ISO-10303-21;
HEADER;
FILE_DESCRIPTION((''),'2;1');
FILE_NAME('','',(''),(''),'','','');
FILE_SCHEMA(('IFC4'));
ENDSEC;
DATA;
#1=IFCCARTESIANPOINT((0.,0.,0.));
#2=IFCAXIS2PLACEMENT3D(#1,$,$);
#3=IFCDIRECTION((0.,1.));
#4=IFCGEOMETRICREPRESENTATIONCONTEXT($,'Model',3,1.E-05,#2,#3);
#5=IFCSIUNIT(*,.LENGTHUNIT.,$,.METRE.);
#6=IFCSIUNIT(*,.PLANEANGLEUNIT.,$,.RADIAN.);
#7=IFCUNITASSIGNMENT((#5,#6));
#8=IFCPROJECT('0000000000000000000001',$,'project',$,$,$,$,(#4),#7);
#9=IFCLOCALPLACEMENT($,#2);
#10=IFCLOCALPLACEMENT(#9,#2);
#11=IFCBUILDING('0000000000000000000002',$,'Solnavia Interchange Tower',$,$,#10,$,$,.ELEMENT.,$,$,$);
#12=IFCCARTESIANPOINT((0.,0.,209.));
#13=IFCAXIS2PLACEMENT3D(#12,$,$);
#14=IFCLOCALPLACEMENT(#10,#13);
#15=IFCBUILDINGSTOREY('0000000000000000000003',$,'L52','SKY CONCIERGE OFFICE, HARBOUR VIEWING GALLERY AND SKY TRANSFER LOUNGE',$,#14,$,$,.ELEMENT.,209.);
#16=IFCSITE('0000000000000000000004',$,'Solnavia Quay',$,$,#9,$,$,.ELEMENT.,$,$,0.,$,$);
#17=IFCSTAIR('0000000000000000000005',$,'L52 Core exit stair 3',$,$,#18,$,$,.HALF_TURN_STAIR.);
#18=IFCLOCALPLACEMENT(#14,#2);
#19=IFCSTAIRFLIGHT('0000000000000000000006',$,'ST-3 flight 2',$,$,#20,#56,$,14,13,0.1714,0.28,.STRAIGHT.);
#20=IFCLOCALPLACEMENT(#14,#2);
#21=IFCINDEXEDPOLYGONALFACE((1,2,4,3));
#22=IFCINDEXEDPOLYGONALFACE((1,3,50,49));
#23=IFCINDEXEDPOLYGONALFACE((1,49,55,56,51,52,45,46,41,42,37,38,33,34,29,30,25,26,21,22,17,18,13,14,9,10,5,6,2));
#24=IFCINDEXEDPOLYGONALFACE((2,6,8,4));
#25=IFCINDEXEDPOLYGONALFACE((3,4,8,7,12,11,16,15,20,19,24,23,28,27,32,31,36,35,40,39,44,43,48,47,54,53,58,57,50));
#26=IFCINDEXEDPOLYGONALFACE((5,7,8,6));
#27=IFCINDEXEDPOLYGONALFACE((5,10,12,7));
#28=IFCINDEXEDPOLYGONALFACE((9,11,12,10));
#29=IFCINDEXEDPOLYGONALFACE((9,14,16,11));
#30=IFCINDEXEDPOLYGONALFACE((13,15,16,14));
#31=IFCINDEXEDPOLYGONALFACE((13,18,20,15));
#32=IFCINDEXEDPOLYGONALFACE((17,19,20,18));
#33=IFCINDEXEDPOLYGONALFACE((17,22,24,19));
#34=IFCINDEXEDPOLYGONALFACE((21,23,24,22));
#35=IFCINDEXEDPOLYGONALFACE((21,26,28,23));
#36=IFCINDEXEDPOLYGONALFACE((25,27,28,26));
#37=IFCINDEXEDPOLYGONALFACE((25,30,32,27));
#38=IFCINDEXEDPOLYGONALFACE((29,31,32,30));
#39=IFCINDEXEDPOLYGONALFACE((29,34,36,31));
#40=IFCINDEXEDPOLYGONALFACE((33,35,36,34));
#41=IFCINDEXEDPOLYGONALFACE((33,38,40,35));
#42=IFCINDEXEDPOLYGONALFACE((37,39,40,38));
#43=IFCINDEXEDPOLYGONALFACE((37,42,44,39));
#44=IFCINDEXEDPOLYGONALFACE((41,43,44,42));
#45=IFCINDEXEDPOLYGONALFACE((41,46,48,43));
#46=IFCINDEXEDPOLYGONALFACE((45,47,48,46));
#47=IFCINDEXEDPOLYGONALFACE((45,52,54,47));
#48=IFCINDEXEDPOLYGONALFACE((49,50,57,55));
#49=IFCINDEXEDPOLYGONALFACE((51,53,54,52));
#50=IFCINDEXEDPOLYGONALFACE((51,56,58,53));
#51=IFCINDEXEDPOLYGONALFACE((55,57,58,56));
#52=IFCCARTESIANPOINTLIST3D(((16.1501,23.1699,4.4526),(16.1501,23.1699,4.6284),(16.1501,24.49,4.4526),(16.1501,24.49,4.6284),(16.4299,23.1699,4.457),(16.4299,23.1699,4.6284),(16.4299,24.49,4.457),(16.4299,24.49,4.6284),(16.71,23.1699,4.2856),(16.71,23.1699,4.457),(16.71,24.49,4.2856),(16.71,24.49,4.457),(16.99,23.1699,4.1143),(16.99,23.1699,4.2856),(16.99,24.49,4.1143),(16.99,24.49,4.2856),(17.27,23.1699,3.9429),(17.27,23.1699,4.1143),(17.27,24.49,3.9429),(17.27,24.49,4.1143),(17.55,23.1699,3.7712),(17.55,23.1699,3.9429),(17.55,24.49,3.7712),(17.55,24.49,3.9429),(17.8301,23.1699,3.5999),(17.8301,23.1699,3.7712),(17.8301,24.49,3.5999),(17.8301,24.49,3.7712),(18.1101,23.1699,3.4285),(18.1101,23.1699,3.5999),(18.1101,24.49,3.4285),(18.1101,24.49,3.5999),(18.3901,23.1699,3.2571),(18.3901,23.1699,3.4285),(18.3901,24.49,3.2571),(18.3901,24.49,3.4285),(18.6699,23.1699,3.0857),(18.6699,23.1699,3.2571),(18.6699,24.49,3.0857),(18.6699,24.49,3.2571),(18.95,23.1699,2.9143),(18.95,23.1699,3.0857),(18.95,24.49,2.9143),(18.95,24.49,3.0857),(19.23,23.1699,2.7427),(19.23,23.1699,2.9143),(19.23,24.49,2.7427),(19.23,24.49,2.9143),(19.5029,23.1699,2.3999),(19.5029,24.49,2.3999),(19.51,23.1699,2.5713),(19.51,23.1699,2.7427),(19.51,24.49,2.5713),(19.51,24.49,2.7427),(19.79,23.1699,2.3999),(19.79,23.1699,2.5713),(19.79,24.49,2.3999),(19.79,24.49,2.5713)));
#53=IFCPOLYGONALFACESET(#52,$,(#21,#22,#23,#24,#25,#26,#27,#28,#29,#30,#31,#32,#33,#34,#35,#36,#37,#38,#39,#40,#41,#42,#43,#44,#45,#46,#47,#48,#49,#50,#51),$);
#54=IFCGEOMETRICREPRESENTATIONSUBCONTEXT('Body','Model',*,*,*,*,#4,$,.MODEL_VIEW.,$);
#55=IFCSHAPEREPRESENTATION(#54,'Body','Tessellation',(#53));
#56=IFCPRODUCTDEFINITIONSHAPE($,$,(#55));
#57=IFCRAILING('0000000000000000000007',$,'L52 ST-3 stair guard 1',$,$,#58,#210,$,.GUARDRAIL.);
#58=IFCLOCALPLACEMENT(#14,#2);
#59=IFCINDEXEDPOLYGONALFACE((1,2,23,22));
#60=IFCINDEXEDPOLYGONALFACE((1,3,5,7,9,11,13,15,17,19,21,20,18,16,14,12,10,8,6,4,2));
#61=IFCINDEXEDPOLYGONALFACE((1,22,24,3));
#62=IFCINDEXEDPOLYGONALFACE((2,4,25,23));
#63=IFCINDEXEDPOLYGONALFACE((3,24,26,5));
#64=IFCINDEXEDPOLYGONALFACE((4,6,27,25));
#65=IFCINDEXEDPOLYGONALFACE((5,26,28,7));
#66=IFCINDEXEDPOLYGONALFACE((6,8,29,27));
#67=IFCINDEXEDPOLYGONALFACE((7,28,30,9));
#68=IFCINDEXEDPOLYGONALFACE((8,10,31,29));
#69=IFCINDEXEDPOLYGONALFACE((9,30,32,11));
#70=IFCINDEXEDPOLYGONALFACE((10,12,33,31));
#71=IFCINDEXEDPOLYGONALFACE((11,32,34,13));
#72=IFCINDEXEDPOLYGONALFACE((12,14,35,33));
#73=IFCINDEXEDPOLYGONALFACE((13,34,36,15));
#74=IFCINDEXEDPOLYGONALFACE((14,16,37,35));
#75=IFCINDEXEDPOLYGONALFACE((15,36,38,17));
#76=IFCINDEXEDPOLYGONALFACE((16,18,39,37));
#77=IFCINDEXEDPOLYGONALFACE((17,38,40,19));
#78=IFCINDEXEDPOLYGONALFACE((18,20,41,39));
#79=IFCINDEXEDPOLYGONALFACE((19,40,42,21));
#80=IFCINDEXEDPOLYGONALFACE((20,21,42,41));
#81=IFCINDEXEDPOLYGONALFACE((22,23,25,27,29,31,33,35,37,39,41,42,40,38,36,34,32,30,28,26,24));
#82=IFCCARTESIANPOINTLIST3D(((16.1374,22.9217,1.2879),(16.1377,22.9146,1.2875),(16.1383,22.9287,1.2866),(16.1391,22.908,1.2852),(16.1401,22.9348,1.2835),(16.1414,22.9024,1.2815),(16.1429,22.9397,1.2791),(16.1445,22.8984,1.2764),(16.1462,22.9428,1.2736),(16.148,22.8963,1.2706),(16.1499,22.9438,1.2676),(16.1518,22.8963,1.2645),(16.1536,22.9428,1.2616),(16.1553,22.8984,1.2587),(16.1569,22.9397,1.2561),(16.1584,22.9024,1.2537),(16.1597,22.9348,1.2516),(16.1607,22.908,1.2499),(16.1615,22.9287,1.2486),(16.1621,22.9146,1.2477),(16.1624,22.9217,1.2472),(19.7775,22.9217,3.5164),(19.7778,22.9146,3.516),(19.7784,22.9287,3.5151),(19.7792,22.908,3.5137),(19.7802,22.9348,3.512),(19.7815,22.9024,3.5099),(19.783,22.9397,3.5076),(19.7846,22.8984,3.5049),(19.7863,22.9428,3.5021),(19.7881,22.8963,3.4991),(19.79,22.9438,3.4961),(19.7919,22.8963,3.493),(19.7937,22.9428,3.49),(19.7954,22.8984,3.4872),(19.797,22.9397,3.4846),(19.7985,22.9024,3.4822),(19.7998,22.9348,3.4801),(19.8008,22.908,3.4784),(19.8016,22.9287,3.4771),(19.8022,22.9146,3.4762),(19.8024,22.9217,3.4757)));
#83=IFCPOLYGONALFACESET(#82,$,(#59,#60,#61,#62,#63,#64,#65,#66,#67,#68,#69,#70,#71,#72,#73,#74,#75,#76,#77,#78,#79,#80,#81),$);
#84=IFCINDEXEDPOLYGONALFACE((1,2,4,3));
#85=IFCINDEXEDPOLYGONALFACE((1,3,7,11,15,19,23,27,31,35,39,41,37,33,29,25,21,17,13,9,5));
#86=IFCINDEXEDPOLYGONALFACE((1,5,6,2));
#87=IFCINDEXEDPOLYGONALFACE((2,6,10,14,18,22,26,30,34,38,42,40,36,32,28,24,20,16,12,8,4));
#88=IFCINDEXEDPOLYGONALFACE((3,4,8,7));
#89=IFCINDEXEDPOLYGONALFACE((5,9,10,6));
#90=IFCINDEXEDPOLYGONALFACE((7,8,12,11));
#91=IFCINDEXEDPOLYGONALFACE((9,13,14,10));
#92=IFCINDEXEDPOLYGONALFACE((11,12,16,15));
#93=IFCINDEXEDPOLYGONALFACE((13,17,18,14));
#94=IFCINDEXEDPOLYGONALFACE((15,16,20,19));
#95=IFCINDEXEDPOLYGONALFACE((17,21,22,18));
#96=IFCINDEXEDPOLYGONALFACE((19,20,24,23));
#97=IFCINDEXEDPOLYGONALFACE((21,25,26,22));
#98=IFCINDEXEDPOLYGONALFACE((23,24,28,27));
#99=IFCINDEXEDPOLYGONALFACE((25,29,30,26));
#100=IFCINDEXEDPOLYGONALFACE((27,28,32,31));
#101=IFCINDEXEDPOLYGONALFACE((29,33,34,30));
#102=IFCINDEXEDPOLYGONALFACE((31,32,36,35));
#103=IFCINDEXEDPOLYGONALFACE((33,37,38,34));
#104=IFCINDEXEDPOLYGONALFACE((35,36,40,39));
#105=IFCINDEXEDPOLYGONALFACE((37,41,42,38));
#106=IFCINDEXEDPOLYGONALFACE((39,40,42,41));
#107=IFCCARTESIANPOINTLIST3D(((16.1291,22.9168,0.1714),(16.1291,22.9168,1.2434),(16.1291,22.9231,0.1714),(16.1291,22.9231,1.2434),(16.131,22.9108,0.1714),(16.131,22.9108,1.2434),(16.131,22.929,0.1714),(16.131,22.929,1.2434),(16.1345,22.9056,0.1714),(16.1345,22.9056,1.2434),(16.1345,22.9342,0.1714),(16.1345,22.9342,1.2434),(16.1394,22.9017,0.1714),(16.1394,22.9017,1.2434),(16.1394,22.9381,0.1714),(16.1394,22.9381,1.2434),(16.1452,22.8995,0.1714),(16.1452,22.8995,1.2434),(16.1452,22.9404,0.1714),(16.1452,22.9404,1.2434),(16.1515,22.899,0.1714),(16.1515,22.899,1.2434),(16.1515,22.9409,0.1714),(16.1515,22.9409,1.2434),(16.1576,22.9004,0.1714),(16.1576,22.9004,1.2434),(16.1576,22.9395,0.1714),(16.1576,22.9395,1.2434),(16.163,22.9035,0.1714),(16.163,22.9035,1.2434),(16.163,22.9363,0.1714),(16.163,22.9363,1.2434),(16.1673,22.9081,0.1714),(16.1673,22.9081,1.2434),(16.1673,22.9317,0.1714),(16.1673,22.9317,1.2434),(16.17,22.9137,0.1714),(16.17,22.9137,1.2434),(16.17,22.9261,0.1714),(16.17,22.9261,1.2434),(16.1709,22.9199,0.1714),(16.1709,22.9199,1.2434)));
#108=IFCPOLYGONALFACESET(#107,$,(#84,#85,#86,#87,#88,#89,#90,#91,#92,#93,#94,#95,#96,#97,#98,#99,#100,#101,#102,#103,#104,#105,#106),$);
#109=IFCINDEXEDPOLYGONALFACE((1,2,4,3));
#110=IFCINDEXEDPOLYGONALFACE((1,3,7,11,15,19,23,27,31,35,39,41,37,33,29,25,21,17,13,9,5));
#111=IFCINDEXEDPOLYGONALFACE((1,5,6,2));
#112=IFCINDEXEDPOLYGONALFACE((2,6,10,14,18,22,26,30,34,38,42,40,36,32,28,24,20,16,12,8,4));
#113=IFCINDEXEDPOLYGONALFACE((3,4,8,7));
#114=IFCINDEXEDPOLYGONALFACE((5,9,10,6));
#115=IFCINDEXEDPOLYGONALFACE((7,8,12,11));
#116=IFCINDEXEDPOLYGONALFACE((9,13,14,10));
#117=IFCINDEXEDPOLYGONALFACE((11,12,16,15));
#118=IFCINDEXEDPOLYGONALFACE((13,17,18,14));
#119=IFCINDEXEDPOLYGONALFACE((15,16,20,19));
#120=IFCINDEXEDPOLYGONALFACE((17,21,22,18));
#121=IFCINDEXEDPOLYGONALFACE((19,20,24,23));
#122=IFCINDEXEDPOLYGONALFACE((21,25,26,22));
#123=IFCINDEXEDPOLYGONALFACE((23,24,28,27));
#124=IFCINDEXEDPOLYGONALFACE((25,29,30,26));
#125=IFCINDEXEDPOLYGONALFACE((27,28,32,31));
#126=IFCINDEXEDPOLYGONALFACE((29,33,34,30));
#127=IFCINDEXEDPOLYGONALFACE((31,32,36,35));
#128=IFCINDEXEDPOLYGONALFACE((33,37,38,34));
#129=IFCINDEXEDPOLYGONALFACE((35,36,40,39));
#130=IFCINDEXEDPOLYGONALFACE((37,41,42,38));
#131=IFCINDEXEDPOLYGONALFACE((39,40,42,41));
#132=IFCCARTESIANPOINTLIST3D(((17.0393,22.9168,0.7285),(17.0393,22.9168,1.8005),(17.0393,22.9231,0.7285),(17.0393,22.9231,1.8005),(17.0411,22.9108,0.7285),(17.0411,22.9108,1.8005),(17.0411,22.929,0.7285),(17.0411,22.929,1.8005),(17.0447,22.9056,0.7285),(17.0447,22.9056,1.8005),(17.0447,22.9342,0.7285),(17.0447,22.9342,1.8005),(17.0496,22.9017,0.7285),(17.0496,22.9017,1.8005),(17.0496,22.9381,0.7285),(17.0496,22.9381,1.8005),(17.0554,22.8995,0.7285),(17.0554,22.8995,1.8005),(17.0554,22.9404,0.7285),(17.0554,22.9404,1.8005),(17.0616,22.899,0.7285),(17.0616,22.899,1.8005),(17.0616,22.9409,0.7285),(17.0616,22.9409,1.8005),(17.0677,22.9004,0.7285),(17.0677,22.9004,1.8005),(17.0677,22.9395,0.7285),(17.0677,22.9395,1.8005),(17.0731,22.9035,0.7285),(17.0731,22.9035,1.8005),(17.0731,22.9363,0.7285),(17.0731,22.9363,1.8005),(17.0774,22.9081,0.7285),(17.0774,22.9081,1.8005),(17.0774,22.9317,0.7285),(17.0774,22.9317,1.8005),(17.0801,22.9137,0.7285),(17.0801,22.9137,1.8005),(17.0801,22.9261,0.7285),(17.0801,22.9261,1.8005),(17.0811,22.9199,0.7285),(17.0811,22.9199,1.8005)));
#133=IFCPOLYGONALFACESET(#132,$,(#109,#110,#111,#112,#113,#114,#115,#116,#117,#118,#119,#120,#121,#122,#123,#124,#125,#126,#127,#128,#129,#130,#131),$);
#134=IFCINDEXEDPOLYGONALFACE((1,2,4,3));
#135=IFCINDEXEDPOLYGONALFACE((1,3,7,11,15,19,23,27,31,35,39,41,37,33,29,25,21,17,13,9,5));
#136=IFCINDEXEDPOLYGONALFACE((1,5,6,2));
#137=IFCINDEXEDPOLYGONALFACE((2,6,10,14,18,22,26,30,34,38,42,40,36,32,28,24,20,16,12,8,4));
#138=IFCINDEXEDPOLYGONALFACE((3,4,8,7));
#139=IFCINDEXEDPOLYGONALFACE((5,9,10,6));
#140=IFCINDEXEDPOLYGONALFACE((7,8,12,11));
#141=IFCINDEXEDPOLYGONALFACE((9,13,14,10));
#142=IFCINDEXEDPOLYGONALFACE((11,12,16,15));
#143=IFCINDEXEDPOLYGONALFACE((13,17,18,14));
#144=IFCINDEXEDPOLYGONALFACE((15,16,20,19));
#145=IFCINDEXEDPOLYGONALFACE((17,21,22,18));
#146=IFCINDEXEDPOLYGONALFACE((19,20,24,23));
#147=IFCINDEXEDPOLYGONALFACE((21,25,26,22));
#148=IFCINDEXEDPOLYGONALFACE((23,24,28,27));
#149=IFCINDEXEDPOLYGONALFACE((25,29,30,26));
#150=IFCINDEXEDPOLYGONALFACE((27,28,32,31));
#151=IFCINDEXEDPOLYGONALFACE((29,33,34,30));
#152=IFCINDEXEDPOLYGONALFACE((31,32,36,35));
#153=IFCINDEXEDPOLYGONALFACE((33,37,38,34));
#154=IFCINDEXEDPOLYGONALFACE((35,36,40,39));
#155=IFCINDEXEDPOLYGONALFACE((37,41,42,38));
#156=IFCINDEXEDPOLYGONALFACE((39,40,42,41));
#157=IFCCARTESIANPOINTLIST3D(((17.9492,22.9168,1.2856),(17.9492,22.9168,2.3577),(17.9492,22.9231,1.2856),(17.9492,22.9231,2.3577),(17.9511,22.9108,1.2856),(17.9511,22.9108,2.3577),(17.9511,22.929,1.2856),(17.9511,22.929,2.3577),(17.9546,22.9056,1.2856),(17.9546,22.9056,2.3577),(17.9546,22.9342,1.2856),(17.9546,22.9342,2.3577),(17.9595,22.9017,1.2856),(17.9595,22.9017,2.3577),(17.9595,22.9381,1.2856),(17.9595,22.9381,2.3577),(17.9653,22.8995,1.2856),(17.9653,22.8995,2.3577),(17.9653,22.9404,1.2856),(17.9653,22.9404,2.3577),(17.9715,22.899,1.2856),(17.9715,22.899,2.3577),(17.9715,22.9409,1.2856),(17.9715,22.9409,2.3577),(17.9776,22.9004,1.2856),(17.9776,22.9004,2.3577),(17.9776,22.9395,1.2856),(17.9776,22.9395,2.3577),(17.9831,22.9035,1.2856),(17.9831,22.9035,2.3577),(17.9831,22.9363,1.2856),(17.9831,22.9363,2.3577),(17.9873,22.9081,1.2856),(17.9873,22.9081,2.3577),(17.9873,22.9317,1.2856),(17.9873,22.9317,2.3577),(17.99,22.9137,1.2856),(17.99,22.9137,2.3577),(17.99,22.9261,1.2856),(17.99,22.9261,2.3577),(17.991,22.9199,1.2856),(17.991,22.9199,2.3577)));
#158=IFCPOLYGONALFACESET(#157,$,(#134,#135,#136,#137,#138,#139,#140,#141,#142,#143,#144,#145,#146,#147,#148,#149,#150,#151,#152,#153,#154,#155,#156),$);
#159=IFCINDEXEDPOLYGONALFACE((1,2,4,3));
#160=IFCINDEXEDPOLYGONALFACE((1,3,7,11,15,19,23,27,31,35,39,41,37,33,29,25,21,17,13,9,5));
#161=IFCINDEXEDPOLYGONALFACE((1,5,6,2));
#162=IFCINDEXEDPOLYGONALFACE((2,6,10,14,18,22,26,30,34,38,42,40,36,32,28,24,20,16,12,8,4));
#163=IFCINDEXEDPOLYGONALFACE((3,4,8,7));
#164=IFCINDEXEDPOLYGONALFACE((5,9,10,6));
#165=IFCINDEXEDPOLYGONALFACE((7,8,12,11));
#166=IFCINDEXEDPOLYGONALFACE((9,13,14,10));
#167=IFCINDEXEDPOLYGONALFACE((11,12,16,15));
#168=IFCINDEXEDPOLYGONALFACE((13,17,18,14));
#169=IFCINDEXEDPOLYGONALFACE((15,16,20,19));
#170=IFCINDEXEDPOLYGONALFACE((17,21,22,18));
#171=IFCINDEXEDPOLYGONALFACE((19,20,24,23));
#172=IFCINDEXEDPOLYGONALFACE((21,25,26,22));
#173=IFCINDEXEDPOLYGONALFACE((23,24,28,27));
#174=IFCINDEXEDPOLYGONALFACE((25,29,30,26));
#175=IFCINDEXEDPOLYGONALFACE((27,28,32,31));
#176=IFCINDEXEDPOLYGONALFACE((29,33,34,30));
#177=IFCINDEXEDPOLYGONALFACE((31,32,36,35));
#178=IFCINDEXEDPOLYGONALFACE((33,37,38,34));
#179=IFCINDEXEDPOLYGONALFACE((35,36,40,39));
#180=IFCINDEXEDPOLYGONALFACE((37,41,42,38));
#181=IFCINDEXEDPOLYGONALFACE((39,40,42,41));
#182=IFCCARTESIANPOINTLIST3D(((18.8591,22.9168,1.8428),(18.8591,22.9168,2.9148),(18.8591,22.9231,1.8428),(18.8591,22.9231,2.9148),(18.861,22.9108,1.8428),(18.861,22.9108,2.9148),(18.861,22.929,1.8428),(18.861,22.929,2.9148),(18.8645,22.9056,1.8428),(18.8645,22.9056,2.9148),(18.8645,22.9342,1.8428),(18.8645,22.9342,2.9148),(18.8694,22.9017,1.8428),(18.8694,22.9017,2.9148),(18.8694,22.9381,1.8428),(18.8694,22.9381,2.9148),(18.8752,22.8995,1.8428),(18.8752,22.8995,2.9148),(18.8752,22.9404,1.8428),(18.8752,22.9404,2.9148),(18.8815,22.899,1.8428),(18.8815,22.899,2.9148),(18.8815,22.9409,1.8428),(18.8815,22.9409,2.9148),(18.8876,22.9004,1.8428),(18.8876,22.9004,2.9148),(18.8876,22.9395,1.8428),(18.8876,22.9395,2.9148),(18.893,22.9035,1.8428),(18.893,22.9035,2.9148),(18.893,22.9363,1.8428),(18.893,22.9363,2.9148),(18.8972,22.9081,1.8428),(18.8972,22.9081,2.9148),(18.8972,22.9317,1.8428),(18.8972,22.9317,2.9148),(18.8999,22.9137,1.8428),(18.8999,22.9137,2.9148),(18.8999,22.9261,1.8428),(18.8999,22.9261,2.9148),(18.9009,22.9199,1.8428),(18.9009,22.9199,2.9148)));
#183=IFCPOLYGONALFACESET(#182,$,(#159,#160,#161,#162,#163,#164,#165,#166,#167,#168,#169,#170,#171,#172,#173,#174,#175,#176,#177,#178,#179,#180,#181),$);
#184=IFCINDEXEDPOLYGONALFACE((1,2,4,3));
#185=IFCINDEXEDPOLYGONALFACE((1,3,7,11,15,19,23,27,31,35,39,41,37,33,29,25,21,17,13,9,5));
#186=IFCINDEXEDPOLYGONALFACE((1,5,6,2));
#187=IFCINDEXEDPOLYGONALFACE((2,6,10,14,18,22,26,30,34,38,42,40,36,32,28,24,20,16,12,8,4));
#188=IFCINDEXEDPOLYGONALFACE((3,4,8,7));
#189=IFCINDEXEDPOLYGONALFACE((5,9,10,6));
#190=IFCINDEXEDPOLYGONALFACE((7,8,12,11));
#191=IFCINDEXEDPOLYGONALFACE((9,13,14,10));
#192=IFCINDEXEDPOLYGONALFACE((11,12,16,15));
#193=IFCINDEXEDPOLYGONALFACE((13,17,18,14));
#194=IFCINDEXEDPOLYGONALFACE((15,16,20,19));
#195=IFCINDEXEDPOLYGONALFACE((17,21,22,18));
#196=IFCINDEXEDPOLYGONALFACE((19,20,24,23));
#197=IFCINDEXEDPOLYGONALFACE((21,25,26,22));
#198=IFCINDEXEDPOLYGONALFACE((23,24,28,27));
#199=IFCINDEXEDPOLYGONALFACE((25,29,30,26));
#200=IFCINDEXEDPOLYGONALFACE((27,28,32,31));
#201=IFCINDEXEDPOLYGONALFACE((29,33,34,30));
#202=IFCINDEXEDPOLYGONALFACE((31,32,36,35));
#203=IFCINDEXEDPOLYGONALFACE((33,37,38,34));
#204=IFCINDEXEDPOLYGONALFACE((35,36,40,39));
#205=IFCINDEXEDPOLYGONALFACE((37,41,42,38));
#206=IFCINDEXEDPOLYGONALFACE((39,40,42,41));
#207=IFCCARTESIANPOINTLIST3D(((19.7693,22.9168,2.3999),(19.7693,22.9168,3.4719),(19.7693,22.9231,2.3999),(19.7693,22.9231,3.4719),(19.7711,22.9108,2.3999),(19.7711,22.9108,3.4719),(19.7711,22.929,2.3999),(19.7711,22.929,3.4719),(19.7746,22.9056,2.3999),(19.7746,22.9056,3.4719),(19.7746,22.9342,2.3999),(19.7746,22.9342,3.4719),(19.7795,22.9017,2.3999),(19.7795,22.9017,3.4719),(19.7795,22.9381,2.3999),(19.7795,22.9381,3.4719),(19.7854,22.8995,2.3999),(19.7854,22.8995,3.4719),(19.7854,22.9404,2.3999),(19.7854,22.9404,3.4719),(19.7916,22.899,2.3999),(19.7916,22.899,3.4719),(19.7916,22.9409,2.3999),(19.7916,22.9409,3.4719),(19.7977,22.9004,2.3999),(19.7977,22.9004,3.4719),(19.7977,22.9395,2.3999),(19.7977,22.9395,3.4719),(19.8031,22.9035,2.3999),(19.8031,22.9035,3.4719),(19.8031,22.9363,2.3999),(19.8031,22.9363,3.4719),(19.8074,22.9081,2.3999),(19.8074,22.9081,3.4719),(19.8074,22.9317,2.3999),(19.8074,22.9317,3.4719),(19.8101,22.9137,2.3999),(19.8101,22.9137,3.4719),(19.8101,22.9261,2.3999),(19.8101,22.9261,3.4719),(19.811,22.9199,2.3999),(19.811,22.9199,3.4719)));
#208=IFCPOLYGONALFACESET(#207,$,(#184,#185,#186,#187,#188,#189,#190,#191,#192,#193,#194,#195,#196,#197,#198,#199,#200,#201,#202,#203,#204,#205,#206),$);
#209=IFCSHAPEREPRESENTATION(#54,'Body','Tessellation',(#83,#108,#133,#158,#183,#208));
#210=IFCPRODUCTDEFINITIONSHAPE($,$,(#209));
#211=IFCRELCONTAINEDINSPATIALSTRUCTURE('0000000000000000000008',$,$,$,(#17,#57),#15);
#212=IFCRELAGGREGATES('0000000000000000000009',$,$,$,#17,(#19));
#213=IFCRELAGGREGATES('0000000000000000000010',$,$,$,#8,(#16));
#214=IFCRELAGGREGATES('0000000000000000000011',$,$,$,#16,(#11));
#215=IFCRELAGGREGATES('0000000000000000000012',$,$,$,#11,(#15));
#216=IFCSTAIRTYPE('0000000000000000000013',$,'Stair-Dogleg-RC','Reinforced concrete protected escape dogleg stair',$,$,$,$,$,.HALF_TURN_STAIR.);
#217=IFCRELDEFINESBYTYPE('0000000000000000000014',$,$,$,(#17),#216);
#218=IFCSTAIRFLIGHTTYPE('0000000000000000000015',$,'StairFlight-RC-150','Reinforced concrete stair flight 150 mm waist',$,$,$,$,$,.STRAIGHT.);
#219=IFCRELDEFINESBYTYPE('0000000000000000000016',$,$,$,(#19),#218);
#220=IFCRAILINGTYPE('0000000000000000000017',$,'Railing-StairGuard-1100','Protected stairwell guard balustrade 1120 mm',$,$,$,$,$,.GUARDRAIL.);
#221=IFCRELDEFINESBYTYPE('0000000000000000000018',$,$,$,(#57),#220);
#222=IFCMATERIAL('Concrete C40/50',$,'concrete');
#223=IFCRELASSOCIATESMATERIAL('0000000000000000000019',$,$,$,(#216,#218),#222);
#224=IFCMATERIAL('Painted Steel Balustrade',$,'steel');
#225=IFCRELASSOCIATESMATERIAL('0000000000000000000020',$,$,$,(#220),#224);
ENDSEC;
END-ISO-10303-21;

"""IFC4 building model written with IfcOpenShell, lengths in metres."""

from ifc_helpers import new_model, si_unit, direction, frame, origin, origin_2d, place, context, subcontext, project, spatial, polyline, circle, outline, extrude, material, type_object, element, aggregate, save


model = new_model("IFC4")

# Units and contexts
model_context = context("Model", 3, precision=1e-05, world=origin(), true_north=direction((0.0, 1.0)))
body_context = subcontext(model_context, "Body", "Model", "MODEL_VIEW")
ifc_project = project(units=[si_unit("LENGTHUNIT", "METRE"), si_unit("PLANEANGLEUNIT", "RADIAN")], contexts=[model_context])

# Site, building, storey
site_placement = place(None, origin())
site = spatial("IfcSite", under=ifc_project, at=site_placement, Name="Solnavia Quay", CompositionType="ELEMENT", RefElevation=0.0)
building_placement = place(site_placement, origin())
building = spatial("IfcBuilding", under=site, at=building_placement, Name="Solnavia Interchange Tower", CompositionType="ELEMENT")
storey_placement = place(building_placement, frame((0.0, 0.0, 209.0)))
storey = spatial("IfcBuildingStorey", under=building, at=storey_placement, Name="L52", Description="SKY CONCIERGE OFFICE, HARBOUR VIEWING GALLERY AND SKY TRANSFER LOUNGE", CompositionType="ELEMENT", Elevation=209.0)

# Shared definitions
ifc_material_1 = material(Name="Concrete C40/50", Category="concrete")

# Stair, stair flight
stair_type = type_object("IfcStairType", Name="Stair-Dogleg-RC", Description="Reinforced concrete protected escape dogleg stair", PredefinedType="HALF_TURN_STAIR", material=ifc_material_1)
stair_placement = place(storey_placement, origin())
stair = element("IfcStair", 1, at=stair_placement, inside=storey, type_object=stair_type, Name="L52 Core exit stair 3", PredefinedType="HALF_TURN_STAIR")
stair_flight_type = type_object("IfcStairFlightType", Name="StairFlight-RC-150", Description="Reinforced concrete stair flight 150 mm waist", PredefinedType="STRAIGHT", material=ifc_material_1)
stair_flight_1_placement = place(storey_placement, frame((19.79, 23.8301, 2.3999), z_axis=(0.0, 0.0, 1.0), x_axis=(-1.0, 0.0, 0.0)))
stair_flight_1 = element("IfcStairFlight", 2, at=stair_flight_1_placement, type_object=stair_flight_type, Name="ST-3 flight 2", NumberOfRisers=14, NumberOfTreads=13, PredefinedType="STRAIGHT", RiserHeight=0.1714, TreadLength=0.28, context=body_context, shape_type="SweptSolid", body=[
    extrude(outline(polyline([(0.0, 0.0), (0.0, 0.1714), (0.28, 0.1714), (0.28, 0.3428), (0.5601, 0.3428), (0.5601, 0.5144), (0.8401, 0.5144), (0.8401, 0.6858), (1.1201, 0.6858), (1.1201, 0.8572), (1.3999, 0.8572), (1.3999, 1.0286), (1.6799, 1.0286), (1.6799, 1.2), (1.96, 1.2), (1.96, 1.3713), (2.24, 1.3713), (2.24, 1.543), (2.52, 1.543), (2.52, 1.7144), (2.8, 1.7144), (2.8, 1.8857), (3.0801, 1.8857), (3.0801, 2.0571), (3.3601, 2.0571), (3.3601, 2.2285), (3.6399, 2.2285), (3.6399, 2.3999), (3.6399, 2.0527), (0.2871, 0.0), (0.0, 0.0)])), frame((0.0, 0.6602, 0.0), z_axis=(0.0, -1.0, 0.0), x_axis=(1.0, 0.0, 0.0)), (0.0, 0.0, 1.0), 1.3201),
])
aggregate(stair, [stair_flight_1])

# Railing
ifc_material_2 = material(Name="Painted Steel Balustrade", Category="steel")
railing_type_1 = type_object("IfcRailingType", Name="Railing-StairGuard-1100", Description="Protected stairwell guard balustrade 1120 mm", PredefinedType="GUARDRAIL", material=ifc_material_2)
railing_1_placement = place(storey_placement, frame((16.1499, 22.9199, 0.1714)))
element("IfcRailing", 3, at=railing_1_placement, inside=storey, type_object=railing_type_1, Name="L52 ST-3 stair guard 1", PredefinedType="GUARDRAIL", context=body_context, shape_type="SweptSolid", body=[
    extrude(circle(Radius=0.0239, at=origin_2d()), frame((0.0, 0.0, 1.0962), z_axis=(0.852866, 0.0, 0.52213), x_axis=(0.0, 1.0, 0.0)), (0.0, 0.0, 1.0), 4.2681),
    extrude(circle(Radius=0.021, at=origin_2d()), origin(), (0.0, 0.0, 1.0), 1.072),
    extrude(circle(Radius=0.021, at=origin_2d()), frame((0.9102, 0.0, 0.5571)), (0.0, 0.0, 1.0), 1.072),
    extrude(circle(Radius=0.021, at=origin_2d()), frame((1.8201, 0.0, 1.1143)), (0.0, 0.0, 1.0), 1.072),
    extrude(circle(Radius=0.021, at=origin_2d()), frame((2.73, 0.0, 1.6714)), (0.0, 0.0, 1.0), 1.072),
    extrude(circle(Radius=0.021, at=origin_2d()), frame((3.6401, 0.0, 2.2285)), (0.0, 0.0, 1.0), 1.072),
])

save(model, "model.ifc")
